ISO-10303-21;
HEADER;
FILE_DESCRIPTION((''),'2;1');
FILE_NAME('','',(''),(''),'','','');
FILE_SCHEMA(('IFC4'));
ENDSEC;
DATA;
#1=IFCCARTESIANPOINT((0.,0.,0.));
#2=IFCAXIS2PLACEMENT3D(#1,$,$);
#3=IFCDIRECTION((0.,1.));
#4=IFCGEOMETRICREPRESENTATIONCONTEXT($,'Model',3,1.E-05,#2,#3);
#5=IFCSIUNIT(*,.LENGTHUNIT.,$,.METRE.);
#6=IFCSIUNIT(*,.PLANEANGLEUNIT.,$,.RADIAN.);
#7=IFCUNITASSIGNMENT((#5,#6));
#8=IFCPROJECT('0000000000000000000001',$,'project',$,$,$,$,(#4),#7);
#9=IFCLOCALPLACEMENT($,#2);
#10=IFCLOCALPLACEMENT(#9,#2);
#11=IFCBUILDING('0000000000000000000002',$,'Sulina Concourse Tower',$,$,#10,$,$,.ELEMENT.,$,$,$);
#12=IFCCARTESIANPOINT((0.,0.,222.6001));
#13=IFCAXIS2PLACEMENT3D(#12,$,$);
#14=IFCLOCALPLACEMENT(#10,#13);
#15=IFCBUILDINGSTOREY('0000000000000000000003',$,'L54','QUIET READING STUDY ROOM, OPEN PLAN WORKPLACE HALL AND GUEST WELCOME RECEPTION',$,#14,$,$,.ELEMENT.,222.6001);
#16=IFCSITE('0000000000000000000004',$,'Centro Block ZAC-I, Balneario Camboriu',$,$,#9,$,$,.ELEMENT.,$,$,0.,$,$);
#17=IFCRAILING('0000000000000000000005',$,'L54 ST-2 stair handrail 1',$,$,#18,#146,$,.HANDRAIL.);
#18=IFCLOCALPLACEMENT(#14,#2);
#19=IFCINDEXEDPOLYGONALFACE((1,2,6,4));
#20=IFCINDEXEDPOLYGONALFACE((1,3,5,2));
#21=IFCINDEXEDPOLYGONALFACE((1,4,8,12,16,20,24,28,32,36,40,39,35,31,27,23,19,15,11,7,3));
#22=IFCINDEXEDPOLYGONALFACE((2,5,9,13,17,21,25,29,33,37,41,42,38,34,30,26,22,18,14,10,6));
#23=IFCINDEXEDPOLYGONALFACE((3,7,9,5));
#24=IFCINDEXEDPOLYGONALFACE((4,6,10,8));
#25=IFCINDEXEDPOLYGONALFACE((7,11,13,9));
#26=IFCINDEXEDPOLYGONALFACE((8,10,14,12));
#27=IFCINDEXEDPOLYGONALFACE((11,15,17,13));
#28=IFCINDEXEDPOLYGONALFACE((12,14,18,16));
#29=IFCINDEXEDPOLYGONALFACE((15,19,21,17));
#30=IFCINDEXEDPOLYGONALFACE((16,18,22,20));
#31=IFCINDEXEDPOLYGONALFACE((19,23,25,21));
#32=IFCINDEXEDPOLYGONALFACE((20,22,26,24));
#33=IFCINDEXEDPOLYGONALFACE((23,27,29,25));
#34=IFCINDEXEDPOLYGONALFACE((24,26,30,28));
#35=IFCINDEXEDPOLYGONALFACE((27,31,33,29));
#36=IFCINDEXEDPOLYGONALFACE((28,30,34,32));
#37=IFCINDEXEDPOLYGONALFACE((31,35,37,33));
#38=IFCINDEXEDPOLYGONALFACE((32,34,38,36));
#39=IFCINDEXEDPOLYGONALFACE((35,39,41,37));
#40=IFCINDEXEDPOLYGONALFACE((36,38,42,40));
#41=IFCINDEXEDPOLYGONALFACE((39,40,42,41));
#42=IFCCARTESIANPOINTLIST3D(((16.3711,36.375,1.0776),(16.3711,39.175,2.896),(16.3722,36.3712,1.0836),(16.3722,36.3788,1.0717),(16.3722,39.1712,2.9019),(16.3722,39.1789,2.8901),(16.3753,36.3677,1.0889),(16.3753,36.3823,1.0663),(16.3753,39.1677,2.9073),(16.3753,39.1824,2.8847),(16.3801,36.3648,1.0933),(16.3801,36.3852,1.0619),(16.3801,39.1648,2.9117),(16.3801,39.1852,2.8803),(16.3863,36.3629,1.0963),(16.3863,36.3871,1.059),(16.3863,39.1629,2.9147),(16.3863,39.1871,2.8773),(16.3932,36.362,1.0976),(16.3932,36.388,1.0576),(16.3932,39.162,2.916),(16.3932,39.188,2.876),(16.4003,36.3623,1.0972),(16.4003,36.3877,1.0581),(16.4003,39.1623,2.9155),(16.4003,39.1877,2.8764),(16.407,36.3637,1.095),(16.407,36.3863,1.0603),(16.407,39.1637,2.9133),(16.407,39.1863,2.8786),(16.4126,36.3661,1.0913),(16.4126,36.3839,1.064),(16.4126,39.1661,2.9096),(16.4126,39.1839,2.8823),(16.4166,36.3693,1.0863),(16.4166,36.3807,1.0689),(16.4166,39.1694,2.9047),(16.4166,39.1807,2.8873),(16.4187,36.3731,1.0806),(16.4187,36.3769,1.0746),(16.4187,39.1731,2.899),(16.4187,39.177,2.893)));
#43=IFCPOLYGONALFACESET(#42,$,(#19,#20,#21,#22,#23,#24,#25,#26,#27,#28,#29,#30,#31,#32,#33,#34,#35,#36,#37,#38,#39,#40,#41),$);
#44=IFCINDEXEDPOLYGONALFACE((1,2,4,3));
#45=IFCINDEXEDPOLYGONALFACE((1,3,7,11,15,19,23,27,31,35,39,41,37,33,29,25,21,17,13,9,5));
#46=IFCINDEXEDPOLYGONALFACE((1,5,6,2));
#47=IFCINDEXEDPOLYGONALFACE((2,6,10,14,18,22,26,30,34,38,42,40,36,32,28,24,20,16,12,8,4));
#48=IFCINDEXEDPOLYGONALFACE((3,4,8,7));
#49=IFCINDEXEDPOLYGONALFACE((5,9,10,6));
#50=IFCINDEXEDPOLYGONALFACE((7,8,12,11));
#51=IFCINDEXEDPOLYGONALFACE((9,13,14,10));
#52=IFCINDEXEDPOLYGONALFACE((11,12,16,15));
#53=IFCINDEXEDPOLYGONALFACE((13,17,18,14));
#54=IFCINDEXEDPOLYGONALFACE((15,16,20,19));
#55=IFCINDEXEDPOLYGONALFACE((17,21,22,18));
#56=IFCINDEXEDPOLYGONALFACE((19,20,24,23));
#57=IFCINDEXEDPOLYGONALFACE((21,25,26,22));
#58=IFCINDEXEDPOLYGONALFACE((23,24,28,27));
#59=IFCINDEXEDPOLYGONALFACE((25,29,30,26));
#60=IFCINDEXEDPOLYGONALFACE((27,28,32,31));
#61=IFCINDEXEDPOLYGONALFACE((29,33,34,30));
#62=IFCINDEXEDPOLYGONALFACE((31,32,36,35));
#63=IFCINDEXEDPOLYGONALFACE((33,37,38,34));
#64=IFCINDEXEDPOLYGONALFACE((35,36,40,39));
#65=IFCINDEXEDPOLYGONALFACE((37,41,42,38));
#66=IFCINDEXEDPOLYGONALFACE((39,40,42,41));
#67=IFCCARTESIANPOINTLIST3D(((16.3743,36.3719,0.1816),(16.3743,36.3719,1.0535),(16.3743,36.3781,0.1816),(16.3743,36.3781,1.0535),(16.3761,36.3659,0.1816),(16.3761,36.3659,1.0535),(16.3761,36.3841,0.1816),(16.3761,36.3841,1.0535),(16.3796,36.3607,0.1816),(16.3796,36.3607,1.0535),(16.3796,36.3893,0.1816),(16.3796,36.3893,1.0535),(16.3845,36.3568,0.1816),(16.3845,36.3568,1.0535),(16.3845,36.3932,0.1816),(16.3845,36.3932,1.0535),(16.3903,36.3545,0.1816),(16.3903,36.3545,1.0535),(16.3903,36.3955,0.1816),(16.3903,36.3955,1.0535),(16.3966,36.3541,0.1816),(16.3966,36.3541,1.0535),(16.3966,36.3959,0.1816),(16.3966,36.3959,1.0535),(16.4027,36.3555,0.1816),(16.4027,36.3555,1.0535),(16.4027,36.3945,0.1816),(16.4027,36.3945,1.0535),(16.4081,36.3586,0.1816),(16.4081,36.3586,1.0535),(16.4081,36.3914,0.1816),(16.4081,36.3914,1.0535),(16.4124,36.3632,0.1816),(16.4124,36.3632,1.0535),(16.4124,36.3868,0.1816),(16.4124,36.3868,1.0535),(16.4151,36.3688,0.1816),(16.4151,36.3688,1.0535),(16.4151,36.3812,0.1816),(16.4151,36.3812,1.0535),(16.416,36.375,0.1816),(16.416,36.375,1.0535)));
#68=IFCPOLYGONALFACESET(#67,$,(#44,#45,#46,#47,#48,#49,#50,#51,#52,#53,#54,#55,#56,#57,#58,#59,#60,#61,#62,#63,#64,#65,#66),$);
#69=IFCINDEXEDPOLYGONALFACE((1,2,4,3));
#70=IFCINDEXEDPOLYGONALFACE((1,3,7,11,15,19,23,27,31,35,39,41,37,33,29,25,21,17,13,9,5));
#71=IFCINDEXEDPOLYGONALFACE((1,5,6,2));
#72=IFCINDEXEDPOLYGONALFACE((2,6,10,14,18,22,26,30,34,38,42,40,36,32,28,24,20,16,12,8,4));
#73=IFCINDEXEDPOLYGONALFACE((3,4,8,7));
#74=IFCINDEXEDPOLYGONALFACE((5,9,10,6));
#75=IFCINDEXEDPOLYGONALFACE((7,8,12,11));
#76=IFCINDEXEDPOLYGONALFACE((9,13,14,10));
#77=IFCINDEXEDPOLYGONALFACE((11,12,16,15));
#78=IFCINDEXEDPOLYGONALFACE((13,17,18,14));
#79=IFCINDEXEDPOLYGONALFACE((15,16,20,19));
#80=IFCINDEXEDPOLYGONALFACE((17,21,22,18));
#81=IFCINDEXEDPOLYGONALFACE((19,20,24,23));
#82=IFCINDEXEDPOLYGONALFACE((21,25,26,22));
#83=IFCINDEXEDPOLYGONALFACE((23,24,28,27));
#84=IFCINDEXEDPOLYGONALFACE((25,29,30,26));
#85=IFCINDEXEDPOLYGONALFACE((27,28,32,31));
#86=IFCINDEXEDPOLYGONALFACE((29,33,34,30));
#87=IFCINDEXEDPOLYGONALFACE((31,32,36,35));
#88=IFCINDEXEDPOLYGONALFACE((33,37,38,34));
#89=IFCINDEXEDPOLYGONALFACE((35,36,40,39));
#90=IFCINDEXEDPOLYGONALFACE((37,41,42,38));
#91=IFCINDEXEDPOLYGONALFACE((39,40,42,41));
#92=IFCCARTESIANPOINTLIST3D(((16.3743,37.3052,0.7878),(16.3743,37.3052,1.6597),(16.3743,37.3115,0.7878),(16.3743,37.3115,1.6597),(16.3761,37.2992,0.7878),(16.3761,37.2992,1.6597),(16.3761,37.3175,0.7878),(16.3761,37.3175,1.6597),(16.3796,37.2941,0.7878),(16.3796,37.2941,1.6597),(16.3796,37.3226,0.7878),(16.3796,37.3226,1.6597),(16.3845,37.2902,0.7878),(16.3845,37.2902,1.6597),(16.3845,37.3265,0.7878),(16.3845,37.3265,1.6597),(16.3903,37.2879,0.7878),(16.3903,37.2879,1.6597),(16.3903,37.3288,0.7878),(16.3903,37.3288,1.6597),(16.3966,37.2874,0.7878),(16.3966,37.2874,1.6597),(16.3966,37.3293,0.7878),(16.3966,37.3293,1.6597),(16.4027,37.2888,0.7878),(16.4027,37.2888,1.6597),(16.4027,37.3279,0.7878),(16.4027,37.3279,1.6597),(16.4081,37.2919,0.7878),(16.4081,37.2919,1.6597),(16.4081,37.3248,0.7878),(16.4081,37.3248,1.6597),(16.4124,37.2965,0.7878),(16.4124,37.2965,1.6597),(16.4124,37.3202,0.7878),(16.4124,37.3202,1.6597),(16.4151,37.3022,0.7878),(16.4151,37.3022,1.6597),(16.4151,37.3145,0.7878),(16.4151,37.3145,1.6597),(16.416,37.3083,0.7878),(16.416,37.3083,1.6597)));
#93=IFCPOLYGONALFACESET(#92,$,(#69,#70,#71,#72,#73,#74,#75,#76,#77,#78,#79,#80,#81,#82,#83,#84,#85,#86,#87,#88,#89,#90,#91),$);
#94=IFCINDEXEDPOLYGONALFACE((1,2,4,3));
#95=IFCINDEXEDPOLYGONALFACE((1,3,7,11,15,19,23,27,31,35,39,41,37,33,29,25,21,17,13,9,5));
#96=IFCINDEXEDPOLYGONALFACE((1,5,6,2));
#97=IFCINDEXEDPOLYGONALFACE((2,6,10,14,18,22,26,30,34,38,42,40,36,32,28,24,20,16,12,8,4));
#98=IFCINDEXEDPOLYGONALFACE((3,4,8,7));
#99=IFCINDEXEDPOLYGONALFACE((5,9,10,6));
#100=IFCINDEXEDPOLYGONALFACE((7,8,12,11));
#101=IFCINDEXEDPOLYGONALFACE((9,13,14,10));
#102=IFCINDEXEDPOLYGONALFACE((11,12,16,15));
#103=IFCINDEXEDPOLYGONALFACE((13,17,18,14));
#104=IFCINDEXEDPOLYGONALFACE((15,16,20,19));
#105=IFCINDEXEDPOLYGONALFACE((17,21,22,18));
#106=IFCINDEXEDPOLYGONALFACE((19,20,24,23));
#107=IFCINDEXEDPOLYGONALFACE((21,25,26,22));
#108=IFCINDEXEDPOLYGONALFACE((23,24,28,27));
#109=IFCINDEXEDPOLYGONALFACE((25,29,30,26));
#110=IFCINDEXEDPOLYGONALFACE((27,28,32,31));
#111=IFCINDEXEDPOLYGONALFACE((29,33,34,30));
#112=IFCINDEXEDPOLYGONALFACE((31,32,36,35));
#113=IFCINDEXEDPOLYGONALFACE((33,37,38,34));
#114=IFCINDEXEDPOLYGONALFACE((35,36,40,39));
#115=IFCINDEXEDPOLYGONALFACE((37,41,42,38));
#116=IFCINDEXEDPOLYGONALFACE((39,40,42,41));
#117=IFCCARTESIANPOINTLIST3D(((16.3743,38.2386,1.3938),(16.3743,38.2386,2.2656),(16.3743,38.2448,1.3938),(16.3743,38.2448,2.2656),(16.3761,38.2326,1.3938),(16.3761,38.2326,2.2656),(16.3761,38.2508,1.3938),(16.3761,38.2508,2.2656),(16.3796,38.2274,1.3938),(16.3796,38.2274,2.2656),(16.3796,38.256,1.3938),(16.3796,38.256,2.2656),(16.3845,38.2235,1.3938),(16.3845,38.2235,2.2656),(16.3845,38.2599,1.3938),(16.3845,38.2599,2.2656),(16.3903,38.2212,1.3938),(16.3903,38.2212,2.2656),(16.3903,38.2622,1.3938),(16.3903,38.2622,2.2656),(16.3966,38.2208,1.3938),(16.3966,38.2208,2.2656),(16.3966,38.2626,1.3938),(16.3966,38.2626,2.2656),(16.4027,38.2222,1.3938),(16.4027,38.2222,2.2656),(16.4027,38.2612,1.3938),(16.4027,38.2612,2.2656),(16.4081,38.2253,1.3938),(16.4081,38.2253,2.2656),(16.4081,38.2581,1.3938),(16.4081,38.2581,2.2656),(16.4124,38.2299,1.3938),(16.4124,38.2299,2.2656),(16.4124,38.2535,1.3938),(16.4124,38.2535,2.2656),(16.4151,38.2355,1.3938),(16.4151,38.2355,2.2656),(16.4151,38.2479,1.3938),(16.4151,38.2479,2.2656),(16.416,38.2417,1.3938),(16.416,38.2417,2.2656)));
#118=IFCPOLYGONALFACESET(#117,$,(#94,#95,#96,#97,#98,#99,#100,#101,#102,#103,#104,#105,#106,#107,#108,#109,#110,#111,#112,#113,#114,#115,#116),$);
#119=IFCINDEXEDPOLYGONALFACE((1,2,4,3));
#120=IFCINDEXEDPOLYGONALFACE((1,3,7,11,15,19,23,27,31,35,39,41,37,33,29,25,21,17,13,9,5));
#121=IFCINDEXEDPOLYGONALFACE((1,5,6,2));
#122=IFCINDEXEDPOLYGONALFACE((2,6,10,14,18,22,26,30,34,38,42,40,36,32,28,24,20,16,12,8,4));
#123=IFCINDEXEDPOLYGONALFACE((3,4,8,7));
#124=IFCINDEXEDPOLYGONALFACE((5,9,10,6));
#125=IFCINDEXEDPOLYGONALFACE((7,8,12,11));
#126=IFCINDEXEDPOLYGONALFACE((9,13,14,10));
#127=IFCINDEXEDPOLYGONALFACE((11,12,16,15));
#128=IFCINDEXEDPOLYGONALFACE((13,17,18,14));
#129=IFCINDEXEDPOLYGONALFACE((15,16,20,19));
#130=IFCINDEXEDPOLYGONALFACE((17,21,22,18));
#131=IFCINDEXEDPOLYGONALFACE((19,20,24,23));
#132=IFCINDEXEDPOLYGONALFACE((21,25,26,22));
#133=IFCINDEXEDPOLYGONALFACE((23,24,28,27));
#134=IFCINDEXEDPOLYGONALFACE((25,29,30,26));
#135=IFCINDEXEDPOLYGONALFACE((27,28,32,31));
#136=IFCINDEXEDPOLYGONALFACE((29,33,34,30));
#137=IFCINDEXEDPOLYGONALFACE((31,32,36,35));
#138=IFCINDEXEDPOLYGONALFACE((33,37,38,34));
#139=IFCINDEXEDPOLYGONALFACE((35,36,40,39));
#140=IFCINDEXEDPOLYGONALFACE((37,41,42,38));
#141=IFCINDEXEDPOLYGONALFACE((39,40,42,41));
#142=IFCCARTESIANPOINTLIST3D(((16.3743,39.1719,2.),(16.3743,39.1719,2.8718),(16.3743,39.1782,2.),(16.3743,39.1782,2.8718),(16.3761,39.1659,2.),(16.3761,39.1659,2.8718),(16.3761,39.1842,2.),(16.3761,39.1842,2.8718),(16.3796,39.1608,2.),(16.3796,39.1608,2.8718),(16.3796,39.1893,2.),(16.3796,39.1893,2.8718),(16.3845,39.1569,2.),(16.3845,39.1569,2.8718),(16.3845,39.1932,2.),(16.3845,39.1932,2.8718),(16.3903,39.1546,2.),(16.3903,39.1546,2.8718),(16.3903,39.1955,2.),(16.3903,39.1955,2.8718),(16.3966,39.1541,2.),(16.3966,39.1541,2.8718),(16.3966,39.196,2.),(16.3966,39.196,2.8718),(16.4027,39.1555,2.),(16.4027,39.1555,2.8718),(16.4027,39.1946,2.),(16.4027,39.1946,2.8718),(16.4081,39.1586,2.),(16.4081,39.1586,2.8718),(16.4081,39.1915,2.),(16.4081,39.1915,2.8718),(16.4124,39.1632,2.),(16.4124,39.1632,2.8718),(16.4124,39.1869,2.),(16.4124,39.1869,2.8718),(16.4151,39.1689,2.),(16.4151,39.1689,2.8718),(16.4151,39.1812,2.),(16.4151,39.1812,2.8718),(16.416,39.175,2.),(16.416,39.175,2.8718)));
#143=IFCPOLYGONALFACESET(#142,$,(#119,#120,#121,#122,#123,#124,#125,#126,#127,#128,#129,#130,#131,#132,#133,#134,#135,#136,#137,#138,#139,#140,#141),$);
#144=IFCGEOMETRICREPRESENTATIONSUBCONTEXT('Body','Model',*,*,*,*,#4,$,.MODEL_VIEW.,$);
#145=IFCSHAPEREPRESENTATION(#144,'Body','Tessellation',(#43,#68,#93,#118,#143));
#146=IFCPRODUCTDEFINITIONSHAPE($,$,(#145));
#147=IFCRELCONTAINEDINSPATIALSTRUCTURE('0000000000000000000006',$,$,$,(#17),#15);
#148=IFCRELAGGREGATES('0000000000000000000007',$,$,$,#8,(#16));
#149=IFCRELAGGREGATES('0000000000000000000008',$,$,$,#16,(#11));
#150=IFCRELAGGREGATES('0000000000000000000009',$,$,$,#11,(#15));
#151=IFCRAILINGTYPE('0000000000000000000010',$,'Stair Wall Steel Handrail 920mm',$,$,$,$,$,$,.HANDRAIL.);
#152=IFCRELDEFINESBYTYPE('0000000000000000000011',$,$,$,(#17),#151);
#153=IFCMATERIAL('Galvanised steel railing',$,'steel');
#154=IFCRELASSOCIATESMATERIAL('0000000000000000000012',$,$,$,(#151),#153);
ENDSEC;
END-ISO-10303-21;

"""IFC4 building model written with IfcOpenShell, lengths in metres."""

from ifc_helpers import new_model, si_unit, direction, frame, origin, origin_2d, place, context, subcontext, project, spatial, circle, extrude, material, type_object, element, save


model = new_model("IFC4")

# Units and contexts
model_context = context("Model", 3, precision=1e-05, world=origin(), true_north=direction((0.0, 1.0)))
body_context = subcontext(model_context, "Body", "Model", "MODEL_VIEW")
ifc_project = project(units=[si_unit("LENGTHUNIT", "METRE"), si_unit("PLANEANGLEUNIT", "RADIAN")], contexts=[model_context])

# Site, building, storey
site_placement = place(None, origin())
site = spatial("IfcSite", under=ifc_project, at=site_placement, Name="Centro Block ZAC-I, Balneario Camboriu", CompositionType="ELEMENT", RefElevation=0.0)
building_placement = place(site_placement, origin())
building = spatial("IfcBuilding", under=site, at=building_placement, Name="Sulina Concourse Tower", CompositionType="ELEMENT")
storey_placement = place(building_placement, frame((0.0, 0.0, 222.6001)))
storey = spatial("IfcBuildingStorey", under=building, at=storey_placement, Name="L54", Description="QUIET READING STUDY ROOM, OPEN PLAN WORKPLACE HALL AND GUEST WELCOME RECEPTION", CompositionType="ELEMENT", Elevation=222.6001)

# Railing
ifc_material_1 = material(Name="Galvanised steel railing", Category="steel")
railing_type_1 = type_object("IfcRailingType", Name="Stair Wall Steel Handrail 920mm", PredefinedType="HANDRAIL", material=ifc_material_1)
railing_1_placement = place(storey_placement, frame((16.395, 36.375, 0.1816)))
element("IfcRailing", 1, at=railing_1_placement, inside=storey, type_object=railing_type_1, Name="L54 ST-2 stair handrail 1", PredefinedType="HANDRAIL", context=body_context, shape_type="SweptSolid", body=[
    extrude(circle(Radius=0.0239, at=origin_2d()), frame((0.0, 0.0, 0.896), z_axis=(0.0, 0.838672, 0.544636), x_axis=(-1.0, 0.0, 0.0)), (0.0, 0.0, 1.0), 3.3386),
    extrude(circle(Radius=0.021, at=origin_2d()), origin(), (0.0, 0.0, 1.0), 0.8718),
    extrude(circle(Radius=0.021, at=origin_2d()), frame((0.0, 0.9333, 0.6062)), (0.0, 0.0, 1.0), 0.8718),
    extrude(circle(Radius=0.021, at=origin_2d()), frame((0.0, 1.8667, 1.2122)), (0.0, 0.0, 1.0), 0.8718),
    extrude(circle(Radius=0.021, at=origin_2d()), frame((0.0, 2.8, 1.8184)), (0.0, 0.0, 1.0), 0.8718),
])

save(model, "model.ifc")
